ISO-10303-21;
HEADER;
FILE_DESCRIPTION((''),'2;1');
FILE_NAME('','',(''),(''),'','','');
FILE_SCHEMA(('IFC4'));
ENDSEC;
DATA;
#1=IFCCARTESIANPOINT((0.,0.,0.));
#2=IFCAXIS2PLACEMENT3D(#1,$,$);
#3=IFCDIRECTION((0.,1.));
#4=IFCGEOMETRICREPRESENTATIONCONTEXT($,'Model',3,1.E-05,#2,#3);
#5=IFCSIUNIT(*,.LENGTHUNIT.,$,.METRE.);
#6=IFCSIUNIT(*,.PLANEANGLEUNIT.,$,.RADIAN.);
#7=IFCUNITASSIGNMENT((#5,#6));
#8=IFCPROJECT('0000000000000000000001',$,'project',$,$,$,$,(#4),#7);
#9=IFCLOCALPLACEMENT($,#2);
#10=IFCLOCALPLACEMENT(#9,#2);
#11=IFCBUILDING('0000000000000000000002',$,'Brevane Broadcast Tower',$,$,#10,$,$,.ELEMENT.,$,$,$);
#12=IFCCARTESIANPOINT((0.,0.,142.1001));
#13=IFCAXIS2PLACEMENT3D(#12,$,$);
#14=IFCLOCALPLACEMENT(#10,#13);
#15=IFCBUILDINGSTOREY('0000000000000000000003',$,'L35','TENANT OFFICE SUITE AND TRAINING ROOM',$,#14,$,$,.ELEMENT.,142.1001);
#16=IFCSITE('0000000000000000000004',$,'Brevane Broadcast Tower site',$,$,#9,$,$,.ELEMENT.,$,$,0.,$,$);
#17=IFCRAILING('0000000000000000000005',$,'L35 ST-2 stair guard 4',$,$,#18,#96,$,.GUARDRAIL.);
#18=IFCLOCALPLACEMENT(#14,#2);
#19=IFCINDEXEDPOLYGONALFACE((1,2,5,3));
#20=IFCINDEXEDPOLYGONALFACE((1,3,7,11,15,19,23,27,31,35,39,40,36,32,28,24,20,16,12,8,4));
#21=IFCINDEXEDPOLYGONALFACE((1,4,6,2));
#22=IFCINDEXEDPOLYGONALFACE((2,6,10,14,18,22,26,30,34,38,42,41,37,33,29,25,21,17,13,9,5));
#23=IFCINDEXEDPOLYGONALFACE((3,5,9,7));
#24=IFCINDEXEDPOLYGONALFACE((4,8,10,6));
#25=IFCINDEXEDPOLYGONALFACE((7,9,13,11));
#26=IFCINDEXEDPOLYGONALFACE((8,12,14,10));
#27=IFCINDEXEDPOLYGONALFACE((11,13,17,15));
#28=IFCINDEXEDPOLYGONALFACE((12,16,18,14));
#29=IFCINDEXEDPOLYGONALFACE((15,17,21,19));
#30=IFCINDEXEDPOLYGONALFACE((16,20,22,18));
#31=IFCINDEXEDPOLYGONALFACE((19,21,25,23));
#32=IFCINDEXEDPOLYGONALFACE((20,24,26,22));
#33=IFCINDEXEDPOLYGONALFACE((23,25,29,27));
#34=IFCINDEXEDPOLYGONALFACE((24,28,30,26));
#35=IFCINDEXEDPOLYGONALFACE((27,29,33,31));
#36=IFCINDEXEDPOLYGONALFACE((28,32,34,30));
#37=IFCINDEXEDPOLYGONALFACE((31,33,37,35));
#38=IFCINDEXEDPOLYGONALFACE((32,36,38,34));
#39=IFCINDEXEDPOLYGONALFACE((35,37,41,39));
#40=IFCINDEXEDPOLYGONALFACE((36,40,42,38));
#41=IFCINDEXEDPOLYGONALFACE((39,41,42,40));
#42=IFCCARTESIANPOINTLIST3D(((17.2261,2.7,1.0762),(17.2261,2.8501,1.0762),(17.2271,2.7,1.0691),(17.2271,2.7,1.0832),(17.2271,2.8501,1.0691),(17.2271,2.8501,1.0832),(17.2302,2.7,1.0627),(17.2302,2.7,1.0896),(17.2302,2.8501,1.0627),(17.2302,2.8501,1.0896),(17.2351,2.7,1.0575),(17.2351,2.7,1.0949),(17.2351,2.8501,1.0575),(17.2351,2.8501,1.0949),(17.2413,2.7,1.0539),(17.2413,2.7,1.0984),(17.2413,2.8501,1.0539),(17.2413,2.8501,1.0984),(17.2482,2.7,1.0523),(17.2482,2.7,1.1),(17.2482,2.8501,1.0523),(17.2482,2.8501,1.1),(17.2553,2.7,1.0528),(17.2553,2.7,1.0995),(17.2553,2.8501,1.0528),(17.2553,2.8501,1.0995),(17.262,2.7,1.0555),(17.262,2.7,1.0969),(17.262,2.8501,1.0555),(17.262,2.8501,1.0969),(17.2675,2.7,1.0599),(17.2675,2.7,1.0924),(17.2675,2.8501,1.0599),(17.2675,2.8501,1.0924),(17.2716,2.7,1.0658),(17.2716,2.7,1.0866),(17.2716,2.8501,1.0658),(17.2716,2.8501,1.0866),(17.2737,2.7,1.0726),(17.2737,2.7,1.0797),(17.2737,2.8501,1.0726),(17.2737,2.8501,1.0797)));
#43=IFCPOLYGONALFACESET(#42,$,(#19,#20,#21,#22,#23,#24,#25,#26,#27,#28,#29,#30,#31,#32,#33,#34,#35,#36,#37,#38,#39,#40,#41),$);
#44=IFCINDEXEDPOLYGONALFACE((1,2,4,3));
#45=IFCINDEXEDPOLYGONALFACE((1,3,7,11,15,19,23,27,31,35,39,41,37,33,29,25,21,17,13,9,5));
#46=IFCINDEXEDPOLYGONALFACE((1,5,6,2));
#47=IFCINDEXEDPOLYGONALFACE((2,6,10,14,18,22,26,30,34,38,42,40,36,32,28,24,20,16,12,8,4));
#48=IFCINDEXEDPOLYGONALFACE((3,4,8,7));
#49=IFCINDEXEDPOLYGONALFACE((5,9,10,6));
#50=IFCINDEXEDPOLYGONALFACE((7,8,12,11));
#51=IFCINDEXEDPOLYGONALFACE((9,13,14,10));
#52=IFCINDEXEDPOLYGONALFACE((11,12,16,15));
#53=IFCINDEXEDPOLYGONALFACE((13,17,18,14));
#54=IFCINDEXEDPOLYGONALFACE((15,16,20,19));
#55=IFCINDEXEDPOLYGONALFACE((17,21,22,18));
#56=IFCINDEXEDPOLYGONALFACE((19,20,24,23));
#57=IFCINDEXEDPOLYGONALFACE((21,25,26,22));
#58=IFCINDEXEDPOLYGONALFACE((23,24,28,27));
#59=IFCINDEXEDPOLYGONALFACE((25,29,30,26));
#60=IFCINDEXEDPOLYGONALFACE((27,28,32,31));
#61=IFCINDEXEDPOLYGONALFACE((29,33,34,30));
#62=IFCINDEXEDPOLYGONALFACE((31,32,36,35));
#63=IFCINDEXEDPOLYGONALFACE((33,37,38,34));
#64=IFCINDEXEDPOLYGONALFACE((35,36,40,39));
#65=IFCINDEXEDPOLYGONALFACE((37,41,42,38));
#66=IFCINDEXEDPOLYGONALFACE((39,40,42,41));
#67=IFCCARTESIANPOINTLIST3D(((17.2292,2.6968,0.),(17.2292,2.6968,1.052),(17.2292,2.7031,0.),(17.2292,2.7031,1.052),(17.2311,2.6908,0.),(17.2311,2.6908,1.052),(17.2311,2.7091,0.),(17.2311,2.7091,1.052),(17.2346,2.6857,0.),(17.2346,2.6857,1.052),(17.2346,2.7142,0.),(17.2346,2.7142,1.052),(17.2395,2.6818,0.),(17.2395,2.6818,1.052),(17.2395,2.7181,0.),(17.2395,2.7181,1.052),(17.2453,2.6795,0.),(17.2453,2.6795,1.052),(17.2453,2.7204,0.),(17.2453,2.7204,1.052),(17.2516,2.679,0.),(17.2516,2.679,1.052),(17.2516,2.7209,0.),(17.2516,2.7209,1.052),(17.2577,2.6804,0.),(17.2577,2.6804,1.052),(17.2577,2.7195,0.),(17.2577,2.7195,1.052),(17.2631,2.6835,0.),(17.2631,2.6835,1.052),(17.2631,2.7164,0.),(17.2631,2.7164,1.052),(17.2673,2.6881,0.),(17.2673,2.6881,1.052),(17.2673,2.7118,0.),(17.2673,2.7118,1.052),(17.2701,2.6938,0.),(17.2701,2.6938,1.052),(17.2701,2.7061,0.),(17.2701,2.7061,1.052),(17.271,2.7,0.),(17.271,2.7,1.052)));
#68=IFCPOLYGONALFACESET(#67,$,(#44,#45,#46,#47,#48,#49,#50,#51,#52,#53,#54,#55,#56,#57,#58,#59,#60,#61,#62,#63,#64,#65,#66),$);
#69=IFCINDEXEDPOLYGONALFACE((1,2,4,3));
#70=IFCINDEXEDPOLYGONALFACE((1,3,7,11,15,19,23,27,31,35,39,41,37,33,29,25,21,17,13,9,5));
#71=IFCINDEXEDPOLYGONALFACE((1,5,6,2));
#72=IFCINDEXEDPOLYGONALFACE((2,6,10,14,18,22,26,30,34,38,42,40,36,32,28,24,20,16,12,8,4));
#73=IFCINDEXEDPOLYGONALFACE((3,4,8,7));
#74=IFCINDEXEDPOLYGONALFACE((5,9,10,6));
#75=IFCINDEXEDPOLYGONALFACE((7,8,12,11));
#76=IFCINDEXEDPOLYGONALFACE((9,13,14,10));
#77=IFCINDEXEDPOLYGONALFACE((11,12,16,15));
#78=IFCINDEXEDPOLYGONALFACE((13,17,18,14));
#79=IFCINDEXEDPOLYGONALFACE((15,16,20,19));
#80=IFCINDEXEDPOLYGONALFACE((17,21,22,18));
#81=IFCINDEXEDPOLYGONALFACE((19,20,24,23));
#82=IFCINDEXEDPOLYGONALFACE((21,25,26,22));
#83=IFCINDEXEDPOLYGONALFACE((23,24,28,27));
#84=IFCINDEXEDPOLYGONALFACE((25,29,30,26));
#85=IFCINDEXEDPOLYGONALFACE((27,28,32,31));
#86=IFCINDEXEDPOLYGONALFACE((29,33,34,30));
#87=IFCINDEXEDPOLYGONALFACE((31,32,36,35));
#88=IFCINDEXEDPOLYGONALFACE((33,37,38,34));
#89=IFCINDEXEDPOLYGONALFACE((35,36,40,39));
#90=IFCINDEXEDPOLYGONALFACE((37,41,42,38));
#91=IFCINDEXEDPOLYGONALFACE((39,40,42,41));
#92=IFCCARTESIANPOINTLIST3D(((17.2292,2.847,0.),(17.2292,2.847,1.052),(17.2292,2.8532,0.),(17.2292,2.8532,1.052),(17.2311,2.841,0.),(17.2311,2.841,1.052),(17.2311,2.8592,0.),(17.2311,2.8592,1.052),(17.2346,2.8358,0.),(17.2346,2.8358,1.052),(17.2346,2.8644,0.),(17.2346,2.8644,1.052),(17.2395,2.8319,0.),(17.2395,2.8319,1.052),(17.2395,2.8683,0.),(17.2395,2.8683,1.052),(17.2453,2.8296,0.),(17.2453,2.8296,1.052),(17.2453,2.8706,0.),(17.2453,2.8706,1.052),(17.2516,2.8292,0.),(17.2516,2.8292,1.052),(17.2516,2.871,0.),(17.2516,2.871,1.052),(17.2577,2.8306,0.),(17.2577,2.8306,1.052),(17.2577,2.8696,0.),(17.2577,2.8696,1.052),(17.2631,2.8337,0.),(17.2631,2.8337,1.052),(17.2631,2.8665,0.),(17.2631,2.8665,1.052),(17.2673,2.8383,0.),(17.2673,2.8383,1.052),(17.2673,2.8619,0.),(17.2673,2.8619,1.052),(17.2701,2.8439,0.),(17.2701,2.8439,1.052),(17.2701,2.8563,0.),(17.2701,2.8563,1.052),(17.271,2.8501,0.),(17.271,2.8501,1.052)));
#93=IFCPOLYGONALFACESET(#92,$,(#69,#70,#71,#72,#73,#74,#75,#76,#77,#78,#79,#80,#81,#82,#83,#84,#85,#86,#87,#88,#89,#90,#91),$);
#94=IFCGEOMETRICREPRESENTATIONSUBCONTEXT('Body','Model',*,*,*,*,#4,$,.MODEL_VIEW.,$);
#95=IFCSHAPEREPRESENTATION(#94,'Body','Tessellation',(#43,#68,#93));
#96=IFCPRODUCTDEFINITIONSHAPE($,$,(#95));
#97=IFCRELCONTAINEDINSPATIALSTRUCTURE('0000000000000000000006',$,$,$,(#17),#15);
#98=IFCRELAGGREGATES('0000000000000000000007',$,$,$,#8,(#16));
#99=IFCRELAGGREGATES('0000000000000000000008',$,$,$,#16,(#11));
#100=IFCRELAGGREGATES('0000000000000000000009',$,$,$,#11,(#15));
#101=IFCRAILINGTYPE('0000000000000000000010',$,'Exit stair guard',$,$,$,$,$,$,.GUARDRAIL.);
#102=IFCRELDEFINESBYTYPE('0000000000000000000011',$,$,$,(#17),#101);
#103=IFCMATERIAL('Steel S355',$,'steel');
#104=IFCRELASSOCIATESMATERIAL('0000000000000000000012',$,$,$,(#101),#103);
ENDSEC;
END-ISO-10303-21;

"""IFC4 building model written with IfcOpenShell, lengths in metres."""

from ifc_helpers import new_model, si_unit, direction, frame, origin, origin_2d, place, context, subcontext, project, spatial, circle, extrude, material, type_object, element, save


model = new_model("IFC4")

# Units and contexts
model_context = context("Model", 3, precision=1e-05, world=origin(), true_north=direction((0.0, 1.0)))
body_context = subcontext(model_context, "Body", "Model", "MODEL_VIEW")
ifc_project = project(units=[si_unit("LENGTHUNIT", "METRE"), si_unit("PLANEANGLEUNIT", "RADIAN")], contexts=[model_context])

# Site, building, storey
site_placement = place(None, origin())
site = spatial("IfcSite", under=ifc_project, at=site_placement, Name="Brevane Broadcast Tower site", CompositionType="ELEMENT", RefElevation=0.0)
building_placement = place(site_placement, origin())
building = spatial("IfcBuilding", under=site, at=building_placement, Name="Brevane Broadcast Tower", CompositionType="ELEMENT")
storey_placement = place(building_placement, frame((0.0, 0.0, 142.1001)))
storey = spatial("IfcBuildingStorey", under=building, at=storey_placement, Name="L35", Description="TENANT OFFICE SUITE AND TRAINING ROOM", CompositionType="ELEMENT", Elevation=142.1001)

# Railing
ifc_material_1 = material(Name="Steel S355", Category="steel")
railing_type_1 = type_object("IfcRailingType", Name="Exit stair guard", PredefinedType="GUARDRAIL", material=ifc_material_1)
railing_1_placement = place(storey_placement, frame((17.25, 2.7, 0.0)))
element("IfcRailing", 1, at=railing_1_placement, inside=storey, type_object=railing_type_1, Name="L35 ST-2 stair guard 4", PredefinedType="GUARDRAIL", context=body_context, shape_type="SweptSolid", body=[
    extrude(circle(Radius=0.0239, at=origin_2d()), frame((0.0, 0.0, 1.0762), z_axis=(0.0, 1.0, 0.0), x_axis=(-1.0, 0.0, 0.0)), (0.0, 0.0, 1.0), 0.1501),
    extrude(circle(Radius=0.021, at=origin_2d()), origin(), (0.0, 0.0, 1.0), 1.052),
    extrude(circle(Radius=0.021, at=origin_2d()), frame((0.0, 0.1501, 0.0)), (0.0, 0.0, 1.0), 1.052),
])

save(model, "model.ifc")
